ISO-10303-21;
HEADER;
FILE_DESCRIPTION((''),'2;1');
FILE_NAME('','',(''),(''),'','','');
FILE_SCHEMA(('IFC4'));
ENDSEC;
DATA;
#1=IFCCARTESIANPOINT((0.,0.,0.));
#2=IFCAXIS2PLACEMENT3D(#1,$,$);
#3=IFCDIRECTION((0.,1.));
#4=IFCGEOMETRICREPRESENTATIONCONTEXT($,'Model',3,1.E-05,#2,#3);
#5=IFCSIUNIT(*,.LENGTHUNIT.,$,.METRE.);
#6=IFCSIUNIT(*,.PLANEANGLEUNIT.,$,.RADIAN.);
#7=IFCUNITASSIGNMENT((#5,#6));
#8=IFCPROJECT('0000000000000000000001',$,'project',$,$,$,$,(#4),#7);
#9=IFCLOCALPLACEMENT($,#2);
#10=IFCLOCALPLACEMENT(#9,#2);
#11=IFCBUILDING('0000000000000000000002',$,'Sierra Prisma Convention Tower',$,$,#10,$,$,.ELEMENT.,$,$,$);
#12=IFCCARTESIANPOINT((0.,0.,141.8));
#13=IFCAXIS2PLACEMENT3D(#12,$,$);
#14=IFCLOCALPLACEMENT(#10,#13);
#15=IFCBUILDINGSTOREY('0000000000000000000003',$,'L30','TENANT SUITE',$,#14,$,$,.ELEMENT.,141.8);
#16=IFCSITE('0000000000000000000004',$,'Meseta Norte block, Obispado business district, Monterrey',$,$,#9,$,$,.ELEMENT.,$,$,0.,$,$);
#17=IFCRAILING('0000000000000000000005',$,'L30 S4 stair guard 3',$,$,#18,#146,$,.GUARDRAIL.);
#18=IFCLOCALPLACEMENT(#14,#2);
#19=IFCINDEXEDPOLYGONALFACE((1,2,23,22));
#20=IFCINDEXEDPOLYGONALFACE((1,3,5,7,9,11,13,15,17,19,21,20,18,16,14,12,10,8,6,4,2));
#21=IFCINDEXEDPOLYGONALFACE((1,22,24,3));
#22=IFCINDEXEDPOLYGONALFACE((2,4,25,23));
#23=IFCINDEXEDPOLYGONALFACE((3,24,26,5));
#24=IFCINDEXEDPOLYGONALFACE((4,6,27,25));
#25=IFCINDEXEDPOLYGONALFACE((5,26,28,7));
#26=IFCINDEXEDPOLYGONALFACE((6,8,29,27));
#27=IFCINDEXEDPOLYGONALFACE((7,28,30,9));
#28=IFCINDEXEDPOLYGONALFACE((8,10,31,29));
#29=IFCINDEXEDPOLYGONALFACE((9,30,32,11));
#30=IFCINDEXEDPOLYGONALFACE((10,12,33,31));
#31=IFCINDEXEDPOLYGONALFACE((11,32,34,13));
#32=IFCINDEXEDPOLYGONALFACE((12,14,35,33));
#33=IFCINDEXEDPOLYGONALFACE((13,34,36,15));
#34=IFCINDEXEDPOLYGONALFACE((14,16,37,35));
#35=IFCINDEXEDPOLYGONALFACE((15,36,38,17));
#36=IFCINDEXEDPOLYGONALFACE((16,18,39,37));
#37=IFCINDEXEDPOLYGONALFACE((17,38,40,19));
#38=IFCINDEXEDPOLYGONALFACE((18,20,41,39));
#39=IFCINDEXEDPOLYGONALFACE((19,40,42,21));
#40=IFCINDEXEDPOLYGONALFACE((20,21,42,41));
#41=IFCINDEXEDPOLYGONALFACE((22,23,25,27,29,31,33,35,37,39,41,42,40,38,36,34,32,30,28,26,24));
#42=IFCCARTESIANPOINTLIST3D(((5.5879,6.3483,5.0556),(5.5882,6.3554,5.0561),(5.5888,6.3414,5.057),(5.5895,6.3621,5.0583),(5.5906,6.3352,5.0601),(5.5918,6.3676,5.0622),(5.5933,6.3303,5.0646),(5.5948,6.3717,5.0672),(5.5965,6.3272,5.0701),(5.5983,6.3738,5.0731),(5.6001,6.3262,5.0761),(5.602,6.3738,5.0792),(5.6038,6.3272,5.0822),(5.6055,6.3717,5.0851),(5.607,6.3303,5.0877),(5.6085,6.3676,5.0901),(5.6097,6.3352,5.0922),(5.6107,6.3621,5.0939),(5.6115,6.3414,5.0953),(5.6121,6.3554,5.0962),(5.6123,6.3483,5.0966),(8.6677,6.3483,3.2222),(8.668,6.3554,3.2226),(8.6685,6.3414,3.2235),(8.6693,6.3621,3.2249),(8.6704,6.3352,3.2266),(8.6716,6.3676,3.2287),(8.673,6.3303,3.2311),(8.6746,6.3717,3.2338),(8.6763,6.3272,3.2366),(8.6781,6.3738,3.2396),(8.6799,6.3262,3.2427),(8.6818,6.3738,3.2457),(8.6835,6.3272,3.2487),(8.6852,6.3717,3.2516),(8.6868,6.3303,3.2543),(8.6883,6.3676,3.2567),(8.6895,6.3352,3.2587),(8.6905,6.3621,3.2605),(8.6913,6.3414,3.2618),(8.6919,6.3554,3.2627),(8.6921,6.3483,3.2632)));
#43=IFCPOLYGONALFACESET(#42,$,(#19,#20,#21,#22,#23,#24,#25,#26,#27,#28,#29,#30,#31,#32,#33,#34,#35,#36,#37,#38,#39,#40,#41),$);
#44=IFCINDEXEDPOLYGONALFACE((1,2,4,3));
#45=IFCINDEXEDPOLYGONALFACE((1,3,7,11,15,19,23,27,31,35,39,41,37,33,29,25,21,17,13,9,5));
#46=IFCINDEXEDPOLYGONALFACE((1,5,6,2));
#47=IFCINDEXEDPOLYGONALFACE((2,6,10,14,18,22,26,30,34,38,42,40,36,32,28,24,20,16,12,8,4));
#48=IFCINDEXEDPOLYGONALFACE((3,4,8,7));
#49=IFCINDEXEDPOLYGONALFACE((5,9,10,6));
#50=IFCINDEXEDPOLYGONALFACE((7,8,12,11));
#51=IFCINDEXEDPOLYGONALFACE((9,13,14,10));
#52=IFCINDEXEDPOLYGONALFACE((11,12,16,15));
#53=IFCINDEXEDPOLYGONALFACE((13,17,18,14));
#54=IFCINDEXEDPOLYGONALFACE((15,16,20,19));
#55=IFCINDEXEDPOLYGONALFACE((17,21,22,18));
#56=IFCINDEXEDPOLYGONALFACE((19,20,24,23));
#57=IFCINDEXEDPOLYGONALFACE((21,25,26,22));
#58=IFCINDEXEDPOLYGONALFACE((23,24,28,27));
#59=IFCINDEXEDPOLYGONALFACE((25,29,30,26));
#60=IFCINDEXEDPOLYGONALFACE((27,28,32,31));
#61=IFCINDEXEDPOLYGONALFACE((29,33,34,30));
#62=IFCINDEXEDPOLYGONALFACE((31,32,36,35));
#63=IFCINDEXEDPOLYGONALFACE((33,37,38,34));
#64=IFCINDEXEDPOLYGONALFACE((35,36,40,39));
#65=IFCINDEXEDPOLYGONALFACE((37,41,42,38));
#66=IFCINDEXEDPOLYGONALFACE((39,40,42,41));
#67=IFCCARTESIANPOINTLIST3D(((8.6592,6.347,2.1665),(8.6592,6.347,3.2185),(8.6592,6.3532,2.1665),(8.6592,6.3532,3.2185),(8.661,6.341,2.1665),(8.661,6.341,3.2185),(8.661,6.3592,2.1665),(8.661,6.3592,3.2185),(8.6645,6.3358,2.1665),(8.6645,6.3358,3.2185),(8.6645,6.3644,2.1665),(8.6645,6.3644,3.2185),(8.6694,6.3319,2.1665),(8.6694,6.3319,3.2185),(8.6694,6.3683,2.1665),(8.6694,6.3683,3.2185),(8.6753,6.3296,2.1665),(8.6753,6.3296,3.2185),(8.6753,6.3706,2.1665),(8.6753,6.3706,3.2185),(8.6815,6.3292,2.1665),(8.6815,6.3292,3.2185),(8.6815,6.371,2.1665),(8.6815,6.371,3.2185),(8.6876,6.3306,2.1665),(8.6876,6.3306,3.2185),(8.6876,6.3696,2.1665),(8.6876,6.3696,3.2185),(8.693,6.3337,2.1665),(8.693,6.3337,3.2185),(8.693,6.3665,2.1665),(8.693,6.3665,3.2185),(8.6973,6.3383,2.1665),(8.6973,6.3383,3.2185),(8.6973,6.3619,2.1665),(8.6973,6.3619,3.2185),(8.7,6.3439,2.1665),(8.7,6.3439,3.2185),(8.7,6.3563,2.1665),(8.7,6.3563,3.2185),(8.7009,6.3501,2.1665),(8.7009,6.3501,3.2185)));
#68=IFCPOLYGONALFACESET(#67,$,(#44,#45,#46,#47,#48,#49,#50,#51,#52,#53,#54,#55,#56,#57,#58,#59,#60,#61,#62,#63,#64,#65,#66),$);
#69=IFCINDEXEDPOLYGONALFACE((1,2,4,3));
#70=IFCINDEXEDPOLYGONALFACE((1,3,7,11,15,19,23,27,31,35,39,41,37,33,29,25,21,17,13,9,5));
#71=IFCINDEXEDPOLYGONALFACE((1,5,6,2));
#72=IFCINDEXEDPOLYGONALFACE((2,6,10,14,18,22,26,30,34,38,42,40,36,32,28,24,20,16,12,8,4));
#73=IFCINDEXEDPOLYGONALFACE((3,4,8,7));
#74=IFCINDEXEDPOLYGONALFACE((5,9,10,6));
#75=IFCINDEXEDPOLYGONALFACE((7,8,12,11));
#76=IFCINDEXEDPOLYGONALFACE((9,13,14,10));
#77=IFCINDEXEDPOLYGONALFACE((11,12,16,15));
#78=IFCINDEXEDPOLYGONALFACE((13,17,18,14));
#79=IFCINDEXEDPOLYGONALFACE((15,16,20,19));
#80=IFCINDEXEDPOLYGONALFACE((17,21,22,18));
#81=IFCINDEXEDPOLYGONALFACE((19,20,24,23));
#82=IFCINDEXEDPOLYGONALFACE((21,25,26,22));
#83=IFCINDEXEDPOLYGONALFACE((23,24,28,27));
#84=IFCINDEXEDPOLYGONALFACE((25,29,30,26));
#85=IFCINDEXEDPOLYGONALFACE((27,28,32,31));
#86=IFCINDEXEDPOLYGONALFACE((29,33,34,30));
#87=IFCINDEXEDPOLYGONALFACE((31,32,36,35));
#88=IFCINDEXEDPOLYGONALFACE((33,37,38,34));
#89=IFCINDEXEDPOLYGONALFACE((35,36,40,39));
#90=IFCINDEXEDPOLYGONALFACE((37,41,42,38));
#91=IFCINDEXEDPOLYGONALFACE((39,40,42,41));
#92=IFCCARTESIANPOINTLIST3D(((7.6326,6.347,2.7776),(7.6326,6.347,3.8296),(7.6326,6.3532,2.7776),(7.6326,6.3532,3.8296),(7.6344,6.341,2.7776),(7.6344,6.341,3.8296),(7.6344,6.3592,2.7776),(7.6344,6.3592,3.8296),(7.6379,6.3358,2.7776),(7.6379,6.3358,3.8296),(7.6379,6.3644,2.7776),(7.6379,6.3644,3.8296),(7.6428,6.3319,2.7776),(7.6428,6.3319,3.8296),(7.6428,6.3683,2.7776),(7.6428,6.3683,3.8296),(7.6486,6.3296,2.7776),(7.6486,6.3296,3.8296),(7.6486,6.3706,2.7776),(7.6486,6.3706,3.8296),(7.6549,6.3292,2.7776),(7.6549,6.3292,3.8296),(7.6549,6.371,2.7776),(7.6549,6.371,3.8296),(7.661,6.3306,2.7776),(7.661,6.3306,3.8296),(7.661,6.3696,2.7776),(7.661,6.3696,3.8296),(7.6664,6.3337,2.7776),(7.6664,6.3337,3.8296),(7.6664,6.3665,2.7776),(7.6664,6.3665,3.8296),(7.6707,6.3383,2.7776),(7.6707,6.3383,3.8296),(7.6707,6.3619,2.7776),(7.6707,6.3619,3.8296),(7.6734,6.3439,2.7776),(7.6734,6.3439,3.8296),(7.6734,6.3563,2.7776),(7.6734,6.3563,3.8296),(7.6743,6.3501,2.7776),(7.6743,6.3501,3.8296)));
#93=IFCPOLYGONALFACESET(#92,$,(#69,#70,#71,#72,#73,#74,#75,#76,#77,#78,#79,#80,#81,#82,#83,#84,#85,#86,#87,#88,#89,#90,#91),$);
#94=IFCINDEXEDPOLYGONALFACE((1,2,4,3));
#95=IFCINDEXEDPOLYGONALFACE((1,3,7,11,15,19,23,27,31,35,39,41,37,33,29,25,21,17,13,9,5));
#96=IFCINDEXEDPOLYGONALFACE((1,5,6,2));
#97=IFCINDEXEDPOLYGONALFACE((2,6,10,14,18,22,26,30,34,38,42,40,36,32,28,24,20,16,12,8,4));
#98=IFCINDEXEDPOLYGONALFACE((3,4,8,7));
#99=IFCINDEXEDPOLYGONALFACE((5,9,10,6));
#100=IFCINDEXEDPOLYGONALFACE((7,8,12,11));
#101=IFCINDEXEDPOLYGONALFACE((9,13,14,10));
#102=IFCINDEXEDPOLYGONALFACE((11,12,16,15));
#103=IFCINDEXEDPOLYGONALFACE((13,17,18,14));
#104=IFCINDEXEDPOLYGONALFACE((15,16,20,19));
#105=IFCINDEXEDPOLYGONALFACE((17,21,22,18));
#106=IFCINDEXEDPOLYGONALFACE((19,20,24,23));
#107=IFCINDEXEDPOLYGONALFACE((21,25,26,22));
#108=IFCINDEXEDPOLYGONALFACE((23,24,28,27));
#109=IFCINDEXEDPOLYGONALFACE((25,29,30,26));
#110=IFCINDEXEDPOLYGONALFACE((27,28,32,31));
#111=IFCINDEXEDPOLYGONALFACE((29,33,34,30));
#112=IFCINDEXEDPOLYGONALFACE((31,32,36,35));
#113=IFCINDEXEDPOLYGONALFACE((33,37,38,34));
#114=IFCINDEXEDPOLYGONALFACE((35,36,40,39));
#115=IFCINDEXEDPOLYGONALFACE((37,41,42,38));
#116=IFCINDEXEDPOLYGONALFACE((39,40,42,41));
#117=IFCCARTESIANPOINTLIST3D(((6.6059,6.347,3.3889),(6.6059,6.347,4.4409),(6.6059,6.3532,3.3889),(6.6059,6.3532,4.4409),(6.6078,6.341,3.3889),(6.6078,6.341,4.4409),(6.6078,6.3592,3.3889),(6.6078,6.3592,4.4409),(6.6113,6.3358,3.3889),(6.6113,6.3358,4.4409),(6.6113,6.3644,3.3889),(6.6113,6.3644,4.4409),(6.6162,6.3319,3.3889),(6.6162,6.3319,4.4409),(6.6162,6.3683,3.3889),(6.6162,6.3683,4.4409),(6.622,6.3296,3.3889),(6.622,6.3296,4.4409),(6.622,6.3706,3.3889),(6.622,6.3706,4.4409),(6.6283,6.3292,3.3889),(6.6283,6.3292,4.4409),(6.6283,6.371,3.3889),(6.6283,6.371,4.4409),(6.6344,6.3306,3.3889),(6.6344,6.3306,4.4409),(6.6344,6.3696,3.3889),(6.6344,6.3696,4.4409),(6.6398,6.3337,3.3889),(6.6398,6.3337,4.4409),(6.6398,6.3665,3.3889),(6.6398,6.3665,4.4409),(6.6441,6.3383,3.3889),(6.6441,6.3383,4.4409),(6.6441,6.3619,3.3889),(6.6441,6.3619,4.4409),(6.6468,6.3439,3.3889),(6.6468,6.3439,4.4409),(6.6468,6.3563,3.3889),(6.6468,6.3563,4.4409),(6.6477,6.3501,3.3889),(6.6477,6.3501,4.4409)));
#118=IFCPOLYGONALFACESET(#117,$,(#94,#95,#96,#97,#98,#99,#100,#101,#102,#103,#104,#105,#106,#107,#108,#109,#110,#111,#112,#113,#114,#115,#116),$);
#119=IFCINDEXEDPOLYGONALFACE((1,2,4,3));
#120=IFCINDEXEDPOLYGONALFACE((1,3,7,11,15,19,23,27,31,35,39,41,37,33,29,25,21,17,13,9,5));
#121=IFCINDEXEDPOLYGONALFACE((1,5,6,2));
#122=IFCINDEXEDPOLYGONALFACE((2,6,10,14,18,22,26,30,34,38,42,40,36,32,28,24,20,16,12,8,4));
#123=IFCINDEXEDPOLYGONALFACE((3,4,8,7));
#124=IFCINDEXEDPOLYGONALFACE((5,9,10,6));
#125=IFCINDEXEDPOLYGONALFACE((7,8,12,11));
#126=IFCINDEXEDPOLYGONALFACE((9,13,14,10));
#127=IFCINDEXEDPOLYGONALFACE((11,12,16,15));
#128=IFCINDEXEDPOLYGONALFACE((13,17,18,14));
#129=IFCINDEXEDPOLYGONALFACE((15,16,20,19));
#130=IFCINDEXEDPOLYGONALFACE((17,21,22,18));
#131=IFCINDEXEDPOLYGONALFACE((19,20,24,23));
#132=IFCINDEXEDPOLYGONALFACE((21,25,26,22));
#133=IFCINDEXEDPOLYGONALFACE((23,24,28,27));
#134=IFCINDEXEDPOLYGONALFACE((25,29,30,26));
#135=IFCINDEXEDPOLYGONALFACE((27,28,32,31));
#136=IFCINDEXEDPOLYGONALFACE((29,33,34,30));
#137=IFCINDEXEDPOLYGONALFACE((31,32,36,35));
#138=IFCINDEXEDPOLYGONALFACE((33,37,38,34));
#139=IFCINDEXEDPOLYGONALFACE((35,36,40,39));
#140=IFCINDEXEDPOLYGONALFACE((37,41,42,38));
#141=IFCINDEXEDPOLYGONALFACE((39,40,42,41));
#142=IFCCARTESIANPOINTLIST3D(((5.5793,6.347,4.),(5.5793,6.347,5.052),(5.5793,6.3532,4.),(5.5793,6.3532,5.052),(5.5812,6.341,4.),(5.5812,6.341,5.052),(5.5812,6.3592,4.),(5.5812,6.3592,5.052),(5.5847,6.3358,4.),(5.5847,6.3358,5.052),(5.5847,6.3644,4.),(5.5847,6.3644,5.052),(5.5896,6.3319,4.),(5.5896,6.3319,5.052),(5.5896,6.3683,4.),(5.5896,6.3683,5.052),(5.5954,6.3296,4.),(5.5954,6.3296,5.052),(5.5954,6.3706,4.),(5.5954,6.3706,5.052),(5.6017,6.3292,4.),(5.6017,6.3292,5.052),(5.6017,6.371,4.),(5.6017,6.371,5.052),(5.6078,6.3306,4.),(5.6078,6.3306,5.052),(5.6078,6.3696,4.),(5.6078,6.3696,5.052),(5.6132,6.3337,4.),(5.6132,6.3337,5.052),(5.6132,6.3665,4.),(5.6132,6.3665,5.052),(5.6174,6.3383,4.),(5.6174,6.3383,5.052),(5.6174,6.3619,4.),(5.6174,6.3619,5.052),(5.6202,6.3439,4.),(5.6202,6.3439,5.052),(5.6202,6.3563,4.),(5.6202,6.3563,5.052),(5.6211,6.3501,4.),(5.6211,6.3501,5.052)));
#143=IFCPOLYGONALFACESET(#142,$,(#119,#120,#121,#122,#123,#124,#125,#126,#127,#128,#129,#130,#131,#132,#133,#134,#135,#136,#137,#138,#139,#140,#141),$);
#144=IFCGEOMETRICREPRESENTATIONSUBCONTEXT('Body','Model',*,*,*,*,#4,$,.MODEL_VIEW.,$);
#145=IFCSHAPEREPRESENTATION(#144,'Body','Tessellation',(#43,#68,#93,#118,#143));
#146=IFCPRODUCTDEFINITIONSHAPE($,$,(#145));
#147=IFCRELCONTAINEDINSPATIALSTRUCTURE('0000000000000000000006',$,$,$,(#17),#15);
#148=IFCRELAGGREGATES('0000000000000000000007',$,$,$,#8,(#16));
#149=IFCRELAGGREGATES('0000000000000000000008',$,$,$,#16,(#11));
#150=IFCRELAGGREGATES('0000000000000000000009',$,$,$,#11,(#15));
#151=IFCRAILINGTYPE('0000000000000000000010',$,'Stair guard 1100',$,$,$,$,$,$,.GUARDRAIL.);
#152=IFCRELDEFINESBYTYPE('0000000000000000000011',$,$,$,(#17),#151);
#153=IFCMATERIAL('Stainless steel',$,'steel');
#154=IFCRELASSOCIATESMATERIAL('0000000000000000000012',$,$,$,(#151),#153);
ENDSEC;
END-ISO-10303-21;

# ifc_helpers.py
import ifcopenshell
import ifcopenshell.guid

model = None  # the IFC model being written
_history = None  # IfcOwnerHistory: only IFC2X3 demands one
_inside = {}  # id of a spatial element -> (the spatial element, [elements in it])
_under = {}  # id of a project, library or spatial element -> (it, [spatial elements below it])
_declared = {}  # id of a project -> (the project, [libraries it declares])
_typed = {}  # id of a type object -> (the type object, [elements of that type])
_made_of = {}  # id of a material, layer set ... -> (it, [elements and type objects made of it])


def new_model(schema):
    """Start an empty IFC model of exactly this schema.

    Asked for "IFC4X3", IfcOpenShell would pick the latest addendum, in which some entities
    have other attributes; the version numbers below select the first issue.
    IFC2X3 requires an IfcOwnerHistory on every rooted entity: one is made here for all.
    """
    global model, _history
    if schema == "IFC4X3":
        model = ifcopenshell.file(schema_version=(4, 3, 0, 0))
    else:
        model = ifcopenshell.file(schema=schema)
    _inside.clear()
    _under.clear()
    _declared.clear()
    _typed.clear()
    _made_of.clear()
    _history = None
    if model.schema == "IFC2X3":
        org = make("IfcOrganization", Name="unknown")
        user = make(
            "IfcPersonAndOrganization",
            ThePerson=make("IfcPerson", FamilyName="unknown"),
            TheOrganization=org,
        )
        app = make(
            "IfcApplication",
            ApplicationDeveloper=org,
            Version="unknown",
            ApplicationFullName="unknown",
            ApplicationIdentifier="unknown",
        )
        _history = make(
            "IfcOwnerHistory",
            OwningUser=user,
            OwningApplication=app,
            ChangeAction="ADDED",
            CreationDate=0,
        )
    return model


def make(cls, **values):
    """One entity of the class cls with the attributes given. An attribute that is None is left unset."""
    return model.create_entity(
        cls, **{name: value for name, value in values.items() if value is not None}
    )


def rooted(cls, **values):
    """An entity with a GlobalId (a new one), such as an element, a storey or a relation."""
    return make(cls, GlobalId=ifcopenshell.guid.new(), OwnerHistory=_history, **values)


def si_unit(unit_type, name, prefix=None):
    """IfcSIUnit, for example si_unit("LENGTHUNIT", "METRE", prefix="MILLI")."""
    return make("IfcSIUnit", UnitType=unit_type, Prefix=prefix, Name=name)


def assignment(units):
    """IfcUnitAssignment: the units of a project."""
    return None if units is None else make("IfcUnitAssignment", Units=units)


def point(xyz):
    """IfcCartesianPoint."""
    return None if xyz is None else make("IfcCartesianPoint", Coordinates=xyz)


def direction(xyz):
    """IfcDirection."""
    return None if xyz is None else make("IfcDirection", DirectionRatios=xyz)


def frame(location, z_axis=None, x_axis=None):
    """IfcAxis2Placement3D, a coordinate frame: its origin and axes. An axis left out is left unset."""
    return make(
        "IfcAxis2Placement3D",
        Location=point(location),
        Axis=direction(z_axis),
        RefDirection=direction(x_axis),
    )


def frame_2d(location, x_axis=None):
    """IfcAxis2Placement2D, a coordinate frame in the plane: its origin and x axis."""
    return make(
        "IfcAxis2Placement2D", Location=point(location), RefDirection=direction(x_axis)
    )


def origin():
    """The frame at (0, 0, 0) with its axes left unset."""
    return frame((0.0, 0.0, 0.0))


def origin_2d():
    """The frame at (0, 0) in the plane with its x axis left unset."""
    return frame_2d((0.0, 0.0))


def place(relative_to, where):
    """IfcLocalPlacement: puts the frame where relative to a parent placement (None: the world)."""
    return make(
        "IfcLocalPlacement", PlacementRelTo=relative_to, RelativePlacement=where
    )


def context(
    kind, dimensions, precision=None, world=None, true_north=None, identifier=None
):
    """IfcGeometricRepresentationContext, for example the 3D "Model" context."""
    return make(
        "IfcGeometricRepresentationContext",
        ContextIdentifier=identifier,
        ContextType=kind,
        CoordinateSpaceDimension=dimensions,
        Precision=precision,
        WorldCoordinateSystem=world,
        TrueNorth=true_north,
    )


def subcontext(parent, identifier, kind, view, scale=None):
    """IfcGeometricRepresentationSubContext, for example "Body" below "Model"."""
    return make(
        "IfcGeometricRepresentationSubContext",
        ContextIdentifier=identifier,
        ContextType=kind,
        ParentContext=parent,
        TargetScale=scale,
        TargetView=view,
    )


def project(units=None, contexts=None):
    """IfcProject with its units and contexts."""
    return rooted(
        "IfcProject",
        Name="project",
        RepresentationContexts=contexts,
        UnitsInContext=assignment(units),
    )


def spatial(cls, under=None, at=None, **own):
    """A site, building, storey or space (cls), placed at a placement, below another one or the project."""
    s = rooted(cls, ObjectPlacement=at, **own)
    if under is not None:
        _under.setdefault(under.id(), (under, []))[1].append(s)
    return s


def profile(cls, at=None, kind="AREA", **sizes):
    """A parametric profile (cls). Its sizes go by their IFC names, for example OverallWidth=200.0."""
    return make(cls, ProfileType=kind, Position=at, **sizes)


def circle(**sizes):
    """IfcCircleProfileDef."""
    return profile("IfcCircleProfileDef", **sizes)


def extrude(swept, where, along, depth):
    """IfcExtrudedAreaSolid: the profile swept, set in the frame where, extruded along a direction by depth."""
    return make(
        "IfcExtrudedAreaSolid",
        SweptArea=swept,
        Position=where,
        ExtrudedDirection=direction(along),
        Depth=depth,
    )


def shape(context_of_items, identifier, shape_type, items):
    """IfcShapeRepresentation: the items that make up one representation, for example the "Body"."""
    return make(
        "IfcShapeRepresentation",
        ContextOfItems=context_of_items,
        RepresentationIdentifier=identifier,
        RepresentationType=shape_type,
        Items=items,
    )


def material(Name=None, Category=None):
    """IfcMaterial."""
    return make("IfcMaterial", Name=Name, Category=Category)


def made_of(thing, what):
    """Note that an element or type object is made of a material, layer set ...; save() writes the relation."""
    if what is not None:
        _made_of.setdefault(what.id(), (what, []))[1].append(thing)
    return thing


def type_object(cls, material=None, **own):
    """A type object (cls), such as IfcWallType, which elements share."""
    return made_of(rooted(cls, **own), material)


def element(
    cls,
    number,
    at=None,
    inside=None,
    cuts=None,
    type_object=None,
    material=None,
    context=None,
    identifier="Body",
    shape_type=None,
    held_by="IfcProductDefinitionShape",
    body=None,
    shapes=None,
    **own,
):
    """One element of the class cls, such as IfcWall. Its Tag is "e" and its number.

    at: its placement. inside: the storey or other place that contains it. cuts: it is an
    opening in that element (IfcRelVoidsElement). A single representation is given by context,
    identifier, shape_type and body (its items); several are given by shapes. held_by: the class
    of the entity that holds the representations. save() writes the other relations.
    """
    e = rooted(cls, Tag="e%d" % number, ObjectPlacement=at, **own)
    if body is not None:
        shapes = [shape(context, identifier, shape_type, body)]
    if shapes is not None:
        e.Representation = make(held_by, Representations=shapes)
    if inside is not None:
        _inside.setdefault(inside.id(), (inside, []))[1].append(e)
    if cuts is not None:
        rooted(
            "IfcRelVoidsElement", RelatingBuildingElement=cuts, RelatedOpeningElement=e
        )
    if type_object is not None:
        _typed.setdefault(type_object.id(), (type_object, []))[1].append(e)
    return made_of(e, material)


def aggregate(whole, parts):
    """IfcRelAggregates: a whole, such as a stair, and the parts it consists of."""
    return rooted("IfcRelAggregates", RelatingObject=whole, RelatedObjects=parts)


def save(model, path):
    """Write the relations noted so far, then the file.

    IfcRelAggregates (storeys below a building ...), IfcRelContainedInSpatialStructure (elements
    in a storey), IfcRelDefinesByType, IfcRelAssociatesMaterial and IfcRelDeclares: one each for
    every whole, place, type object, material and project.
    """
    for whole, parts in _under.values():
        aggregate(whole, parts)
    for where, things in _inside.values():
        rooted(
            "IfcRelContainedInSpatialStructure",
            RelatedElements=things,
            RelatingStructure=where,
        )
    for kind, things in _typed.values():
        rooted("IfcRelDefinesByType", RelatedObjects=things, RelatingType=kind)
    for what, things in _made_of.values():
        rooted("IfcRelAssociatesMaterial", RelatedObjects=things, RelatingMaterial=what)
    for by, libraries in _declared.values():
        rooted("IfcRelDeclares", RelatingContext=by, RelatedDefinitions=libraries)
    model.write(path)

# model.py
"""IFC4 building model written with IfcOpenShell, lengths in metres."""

from ifc_helpers import new_model, si_unit, direction, frame, origin, origin_2d, place, context, subcontext, project, spatial, circle, extrude, material, type_object, element, save


model = new_model("IFC4")

# Units and contexts
model_context = context("Model", 3, precision=1e-05, world=origin(), true_north=direction((0.0, 1.0)))
body_context = subcontext(model_context, "Body", "Model", "MODEL_VIEW")
ifc_project = project(units=[si_unit("LENGTHUNIT", "METRE"), si_unit("PLANEANGLEUNIT", "RADIAN")], contexts=[model_context])

# Site, building, storey
site_placement = place(None, origin())
site = spatial("IfcSite", under=ifc_project, at=site_placement, Name="Meseta Norte block, Obispado business district, Monterrey", CompositionType="ELEMENT", RefElevation=0.0)
building_placement = place(site_placement, origin())
building = spatial("IfcBuilding", under=site, at=building_placement, Name="Sierra Prisma Convention Tower", CompositionType="ELEMENT")
storey_placement = place(building_placement, frame((0.0, 0.0, 141.8)))
storey = spatial("IfcBuildingStorey", under=building, at=storey_placement, Name="L30", Description="TENANT SUITE", CompositionType="ELEMENT", Elevation=141.8)

# Railing
ifc_material_1 = material(Name="Stainless steel", Category="steel")
railing_type_1 = type_object("IfcRailingType", Name="Stair guard 1100", PredefinedType="GUARDRAIL", material=ifc_material_1)
railing_1_placement = place(storey_placement, frame((8.6799, 6.3501, 2.1665)))
element("IfcRailing", 1, at=railing_1_placement, inside=storey, type_object=railing_type_1, Name="L30 S4 stair guard 3", PredefinedType="GUARDRAIL", context=body_context, shape_type="SweptSolid", body=[
    extrude(circle(Radius=0.0239, at=origin_2d()), frame((0.0, 0.0, 1.0762), z_axis=(-0.859261, 0.0, 0.511538), x_axis=(0.0, -1.0, 0.0)), (0.0, 0.0, 1.0), 3.5842),
    extrude(circle(Radius=0.021, at=origin_2d()), origin(), (0.0, 0.0, 1.0), 1.052),
    extrude(circle(Radius=0.021, at=origin_2d()), frame((-1.0266, 0.0, 0.6111)), (0.0, 0.0, 1.0), 1.052),
    extrude(circle(Radius=0.021, at=origin_2d()), frame((-2.0532, 0.0, 1.2224)), (0.0, 0.0, 1.0), 1.052),
    extrude(circle(Radius=0.021, at=origin_2d()), frame((-3.0798, 0.0, 1.8335)), (0.0, 0.0, 1.0), 1.052),
])

save(model, "model.ifc")
